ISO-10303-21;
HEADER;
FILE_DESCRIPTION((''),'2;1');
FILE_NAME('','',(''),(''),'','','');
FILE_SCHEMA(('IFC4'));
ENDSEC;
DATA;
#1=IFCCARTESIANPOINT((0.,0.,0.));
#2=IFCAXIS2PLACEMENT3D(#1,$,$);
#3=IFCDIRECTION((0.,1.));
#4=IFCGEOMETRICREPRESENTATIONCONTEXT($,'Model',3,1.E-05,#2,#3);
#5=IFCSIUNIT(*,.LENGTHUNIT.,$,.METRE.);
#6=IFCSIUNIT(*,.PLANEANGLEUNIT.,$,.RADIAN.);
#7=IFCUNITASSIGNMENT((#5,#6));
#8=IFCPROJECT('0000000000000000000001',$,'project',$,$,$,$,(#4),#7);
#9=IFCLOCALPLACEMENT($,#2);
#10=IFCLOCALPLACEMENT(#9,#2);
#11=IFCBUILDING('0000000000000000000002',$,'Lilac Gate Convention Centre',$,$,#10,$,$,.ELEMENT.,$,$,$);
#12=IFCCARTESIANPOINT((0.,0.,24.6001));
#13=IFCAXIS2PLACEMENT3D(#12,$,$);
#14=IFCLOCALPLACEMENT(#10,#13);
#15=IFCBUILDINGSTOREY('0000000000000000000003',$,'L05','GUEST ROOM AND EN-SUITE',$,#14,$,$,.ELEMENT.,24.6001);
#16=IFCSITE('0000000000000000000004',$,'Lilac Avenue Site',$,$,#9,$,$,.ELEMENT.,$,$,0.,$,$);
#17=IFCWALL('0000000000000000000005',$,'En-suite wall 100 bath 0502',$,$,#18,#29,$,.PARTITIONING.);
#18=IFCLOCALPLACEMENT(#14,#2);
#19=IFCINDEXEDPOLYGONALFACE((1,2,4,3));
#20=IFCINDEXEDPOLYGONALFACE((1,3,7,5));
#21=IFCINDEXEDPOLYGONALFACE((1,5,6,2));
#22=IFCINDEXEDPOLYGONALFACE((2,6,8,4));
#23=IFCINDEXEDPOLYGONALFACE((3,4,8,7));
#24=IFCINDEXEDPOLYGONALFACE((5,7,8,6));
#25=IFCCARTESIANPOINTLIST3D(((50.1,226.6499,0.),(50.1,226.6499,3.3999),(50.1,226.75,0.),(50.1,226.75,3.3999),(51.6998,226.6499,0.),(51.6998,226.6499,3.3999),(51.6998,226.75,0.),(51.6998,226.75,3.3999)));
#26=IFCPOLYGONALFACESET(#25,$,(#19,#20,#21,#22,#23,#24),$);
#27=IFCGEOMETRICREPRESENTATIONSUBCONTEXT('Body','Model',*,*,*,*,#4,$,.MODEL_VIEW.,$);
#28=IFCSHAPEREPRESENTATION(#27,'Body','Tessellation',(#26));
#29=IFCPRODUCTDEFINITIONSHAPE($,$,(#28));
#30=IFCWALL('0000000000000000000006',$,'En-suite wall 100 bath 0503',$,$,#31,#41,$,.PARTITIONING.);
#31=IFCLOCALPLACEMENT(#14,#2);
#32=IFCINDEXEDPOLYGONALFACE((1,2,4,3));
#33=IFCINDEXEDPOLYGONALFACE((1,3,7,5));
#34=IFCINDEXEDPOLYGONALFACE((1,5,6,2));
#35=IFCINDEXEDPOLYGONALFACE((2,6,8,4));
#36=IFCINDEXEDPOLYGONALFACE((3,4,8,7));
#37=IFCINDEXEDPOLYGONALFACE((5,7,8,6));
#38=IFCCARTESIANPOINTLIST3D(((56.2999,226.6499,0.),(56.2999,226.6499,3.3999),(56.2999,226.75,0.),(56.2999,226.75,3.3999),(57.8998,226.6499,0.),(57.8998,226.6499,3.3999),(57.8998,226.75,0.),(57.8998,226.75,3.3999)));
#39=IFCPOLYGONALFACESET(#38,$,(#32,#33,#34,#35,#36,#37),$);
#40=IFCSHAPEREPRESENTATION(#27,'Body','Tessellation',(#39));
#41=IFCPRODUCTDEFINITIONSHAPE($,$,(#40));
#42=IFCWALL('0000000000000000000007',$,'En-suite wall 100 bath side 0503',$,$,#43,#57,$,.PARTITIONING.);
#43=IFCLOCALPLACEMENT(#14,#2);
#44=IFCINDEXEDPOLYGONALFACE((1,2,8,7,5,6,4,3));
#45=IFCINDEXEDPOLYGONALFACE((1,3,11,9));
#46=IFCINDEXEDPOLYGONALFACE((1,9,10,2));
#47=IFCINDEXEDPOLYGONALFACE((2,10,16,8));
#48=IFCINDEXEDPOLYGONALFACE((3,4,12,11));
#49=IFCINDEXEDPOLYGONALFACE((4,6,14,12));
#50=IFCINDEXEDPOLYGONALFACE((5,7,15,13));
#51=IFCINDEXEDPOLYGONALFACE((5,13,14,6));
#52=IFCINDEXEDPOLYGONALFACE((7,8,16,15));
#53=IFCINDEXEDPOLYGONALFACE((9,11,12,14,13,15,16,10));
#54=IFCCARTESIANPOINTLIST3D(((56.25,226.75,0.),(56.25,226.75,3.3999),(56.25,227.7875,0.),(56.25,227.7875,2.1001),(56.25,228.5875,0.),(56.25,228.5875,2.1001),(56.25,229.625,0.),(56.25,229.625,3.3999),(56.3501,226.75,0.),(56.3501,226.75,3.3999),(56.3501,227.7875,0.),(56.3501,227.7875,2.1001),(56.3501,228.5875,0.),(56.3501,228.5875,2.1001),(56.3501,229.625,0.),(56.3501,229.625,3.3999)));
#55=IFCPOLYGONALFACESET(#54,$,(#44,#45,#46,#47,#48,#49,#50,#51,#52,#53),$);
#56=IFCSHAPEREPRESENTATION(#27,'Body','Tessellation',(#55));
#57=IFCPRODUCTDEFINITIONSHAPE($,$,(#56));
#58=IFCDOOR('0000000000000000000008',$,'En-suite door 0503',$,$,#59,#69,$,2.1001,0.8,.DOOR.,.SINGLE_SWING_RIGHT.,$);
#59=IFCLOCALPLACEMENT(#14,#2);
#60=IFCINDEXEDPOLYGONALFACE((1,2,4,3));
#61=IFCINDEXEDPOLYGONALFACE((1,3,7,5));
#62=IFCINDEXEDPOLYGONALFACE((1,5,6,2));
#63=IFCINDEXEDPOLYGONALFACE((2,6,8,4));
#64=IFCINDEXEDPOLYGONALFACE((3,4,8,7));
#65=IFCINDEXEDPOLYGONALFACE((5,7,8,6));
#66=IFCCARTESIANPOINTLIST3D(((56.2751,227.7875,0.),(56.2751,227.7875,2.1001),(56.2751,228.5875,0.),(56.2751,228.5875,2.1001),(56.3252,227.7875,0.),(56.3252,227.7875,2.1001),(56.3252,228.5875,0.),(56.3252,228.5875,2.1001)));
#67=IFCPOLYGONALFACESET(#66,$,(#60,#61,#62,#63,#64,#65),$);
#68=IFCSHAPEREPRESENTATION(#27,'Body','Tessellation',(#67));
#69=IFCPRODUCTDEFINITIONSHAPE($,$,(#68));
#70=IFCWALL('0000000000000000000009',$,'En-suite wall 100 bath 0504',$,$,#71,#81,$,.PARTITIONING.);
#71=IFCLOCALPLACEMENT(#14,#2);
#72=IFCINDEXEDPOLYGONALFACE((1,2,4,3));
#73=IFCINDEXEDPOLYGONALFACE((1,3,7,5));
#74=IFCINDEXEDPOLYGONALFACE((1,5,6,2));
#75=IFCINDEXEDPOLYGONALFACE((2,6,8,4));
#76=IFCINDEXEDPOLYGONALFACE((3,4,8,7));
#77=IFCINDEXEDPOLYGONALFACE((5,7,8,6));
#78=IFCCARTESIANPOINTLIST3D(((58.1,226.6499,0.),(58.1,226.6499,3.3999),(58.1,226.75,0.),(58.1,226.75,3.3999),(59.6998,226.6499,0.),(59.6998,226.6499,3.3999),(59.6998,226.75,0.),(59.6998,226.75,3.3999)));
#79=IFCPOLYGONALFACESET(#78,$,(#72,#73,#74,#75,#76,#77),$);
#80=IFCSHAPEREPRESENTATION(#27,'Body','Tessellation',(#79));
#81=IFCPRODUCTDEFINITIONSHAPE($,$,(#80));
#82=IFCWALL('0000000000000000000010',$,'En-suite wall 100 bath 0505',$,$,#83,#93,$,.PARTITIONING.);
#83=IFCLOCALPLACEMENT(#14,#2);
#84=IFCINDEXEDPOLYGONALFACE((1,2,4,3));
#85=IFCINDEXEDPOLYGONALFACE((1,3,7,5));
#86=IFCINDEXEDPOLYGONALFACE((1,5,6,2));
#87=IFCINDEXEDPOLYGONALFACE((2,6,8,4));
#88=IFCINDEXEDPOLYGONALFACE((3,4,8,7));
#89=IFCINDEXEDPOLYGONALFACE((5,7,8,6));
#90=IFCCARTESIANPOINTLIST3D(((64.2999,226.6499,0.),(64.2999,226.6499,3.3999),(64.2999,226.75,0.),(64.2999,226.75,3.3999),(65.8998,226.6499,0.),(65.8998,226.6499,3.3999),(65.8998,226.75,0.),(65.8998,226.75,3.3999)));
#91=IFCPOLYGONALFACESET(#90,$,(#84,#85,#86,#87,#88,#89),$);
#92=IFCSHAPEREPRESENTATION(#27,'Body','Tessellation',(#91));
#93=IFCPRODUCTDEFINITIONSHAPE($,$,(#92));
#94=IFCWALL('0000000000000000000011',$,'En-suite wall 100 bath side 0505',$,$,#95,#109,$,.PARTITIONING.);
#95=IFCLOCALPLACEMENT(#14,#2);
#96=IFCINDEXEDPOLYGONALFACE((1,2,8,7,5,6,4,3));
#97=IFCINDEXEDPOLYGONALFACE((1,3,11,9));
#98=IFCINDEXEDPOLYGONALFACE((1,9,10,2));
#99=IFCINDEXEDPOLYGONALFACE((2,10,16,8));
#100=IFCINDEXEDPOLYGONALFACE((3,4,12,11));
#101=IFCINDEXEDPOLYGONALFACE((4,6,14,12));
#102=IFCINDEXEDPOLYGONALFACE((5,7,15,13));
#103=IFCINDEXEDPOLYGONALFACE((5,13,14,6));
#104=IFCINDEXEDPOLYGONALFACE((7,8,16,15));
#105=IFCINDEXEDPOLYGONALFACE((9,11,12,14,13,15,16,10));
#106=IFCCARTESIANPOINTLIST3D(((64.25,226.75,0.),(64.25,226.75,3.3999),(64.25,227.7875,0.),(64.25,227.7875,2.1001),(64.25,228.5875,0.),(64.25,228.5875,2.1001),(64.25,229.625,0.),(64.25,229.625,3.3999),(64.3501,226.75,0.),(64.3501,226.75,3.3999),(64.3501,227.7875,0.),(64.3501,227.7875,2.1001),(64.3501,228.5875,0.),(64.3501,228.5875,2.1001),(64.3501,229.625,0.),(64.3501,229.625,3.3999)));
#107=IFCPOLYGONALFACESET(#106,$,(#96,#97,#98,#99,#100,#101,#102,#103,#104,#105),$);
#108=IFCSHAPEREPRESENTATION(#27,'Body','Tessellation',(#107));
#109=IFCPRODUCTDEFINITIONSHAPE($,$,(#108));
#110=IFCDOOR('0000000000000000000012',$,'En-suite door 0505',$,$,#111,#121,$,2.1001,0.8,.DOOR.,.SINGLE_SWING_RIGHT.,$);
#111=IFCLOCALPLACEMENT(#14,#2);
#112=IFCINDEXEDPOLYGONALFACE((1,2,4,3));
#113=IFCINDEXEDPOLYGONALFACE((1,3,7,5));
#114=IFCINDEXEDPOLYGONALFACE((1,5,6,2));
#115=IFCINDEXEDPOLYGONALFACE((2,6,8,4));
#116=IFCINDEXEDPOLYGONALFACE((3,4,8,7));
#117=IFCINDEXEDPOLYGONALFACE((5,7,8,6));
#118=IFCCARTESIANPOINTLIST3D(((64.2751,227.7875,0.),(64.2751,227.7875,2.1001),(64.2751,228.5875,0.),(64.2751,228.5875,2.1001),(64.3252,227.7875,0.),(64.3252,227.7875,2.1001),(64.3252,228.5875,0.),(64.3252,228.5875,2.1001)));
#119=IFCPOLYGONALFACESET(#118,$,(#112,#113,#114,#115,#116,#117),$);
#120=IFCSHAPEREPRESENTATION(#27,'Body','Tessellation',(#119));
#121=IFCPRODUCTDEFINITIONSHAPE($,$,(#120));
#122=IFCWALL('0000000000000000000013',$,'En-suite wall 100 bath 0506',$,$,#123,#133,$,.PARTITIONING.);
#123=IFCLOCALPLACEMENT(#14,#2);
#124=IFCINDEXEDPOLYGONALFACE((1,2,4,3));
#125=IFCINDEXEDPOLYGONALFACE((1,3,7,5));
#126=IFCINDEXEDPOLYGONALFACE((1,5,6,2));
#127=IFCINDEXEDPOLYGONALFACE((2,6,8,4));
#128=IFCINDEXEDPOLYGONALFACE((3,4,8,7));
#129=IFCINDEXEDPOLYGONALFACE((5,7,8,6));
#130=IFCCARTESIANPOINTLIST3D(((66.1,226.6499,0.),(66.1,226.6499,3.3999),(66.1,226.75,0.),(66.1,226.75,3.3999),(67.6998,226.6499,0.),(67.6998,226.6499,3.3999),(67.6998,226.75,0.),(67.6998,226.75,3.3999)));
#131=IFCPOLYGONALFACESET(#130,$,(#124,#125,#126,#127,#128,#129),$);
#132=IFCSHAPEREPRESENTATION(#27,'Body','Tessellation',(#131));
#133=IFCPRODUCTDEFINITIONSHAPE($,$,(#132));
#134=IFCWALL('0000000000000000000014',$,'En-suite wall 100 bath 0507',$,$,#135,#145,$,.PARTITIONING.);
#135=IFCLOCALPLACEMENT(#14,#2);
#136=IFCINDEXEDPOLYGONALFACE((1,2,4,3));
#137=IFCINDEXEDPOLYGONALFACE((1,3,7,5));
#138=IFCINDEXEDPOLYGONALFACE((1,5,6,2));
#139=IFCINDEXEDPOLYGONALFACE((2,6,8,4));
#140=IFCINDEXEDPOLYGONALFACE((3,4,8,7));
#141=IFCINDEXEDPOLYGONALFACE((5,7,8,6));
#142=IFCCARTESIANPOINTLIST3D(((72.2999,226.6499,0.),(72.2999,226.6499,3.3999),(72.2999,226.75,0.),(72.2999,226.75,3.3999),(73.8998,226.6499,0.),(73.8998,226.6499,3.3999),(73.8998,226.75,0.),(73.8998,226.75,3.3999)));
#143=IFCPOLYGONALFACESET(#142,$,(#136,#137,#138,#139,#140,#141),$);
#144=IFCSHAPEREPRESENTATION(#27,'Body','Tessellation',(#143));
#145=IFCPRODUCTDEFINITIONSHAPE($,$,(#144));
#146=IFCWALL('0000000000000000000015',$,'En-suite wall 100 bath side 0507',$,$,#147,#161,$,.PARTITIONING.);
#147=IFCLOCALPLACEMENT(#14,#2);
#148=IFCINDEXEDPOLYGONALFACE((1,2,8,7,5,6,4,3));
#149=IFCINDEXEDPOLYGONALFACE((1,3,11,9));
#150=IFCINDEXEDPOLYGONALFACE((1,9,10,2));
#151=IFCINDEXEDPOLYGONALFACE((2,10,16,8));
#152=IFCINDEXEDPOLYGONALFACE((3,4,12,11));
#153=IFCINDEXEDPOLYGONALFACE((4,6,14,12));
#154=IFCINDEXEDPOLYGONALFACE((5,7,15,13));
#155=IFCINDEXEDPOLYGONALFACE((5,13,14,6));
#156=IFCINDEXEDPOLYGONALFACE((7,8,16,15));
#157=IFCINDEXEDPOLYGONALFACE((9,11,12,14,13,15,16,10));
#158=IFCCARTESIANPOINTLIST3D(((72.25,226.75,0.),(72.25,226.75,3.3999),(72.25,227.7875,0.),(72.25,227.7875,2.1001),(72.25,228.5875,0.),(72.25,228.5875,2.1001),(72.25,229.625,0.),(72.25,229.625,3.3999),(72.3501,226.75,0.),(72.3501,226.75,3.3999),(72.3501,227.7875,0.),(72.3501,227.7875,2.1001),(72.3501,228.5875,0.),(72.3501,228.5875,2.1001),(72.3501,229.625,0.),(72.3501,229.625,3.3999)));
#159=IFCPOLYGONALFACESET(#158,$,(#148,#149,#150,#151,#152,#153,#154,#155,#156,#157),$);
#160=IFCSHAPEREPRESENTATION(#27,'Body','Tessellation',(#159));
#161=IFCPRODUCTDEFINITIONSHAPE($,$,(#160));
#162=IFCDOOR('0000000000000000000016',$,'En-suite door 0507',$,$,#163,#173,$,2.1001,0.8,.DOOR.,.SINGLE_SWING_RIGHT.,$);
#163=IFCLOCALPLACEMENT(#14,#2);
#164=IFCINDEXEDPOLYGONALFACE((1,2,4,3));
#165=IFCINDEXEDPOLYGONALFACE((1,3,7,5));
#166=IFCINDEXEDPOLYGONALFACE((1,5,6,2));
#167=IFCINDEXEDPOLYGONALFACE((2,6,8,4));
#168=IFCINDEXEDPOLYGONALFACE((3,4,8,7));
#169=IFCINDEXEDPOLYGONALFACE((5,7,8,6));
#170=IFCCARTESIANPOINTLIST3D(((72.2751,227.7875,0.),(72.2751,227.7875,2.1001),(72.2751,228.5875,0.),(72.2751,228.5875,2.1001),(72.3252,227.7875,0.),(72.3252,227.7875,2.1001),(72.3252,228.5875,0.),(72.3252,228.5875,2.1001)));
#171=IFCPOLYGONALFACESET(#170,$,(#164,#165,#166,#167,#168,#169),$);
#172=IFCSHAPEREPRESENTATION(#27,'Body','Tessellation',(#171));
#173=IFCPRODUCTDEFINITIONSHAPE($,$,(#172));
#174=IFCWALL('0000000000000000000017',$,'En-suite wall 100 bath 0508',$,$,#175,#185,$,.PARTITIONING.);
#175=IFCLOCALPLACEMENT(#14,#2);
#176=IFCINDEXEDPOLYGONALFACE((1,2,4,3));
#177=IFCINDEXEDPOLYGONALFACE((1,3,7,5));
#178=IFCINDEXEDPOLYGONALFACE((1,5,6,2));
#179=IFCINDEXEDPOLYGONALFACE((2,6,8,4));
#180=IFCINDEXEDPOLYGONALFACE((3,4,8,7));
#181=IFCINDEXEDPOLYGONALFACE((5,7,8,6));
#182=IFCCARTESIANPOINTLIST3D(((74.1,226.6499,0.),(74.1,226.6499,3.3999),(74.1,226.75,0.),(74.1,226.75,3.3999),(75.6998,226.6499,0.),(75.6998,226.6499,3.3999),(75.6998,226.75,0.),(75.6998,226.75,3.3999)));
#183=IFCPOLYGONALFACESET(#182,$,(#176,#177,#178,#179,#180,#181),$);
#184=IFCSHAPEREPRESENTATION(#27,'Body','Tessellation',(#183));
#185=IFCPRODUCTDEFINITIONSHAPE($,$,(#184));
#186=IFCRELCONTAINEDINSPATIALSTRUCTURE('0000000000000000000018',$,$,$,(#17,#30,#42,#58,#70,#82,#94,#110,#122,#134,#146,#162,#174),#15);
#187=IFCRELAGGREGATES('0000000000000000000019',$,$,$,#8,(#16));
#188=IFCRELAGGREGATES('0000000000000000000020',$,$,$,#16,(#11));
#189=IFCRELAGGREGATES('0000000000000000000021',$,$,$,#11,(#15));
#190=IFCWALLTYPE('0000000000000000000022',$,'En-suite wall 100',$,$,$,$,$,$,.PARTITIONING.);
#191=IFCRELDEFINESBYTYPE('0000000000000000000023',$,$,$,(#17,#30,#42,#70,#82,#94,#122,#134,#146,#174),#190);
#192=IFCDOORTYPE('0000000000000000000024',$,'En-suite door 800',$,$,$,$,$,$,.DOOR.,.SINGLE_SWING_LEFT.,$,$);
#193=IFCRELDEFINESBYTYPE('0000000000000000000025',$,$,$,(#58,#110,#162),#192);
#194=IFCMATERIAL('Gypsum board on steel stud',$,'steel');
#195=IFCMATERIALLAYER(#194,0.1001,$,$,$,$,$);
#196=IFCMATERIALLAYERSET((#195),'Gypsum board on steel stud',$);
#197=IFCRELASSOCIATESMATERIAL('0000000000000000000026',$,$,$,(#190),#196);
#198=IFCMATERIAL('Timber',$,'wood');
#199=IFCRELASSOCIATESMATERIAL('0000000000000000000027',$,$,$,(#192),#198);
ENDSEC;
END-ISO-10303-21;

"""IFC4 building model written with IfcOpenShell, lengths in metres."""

from ifc_helpers import new_model, si_unit, direction, frame, frame_2d, origin, place, context, subcontext, project, spatial, rectangle, extrude, material, layer, layer_set, type_object, element, fill, save


model = new_model("IFC4")

# Units and contexts
model_context = context("Model", 3, precision=1e-05, world=origin(), true_north=direction((0.0, 1.0)))
body_context = subcontext(model_context, "Body", "Model", "MODEL_VIEW")
ifc_project = project(units=[si_unit("LENGTHUNIT", "METRE"), si_unit("PLANEANGLEUNIT", "RADIAN")], contexts=[model_context])

# Site, building, storey
site_placement = place(None, origin())
site = spatial("IfcSite", under=ifc_project, at=site_placement, Name="Lilac Avenue Site", CompositionType="ELEMENT", RefElevation=0.0)
building_placement = place(site_placement, origin())
building = spatial("IfcBuilding", under=site, at=building_placement, Name="Lilac Gate Convention Centre", CompositionType="ELEMENT")
storey_placement = place(building_placement, frame((0.0, 0.0, 24.6001)))
storey = spatial("IfcBuildingStorey", under=building, at=storey_placement, Name="L05", Description="GUEST ROOM AND EN-SUITE", CompositionType="ELEMENT", Elevation=24.6001)

# Walls
ifc_material_1 = material(Name="Gypsum board on steel stud", Category="steel")
ifc_layer_1 = layer(ifc_material_1, 0.1001)
ifc_layer_set_1 = layer_set([ifc_layer_1], Name="Gypsum board on steel stud")
wall_type_1 = type_object("IfcWallType", Name="En-suite wall 100", PredefinedType="PARTITIONING", material=ifc_layer_set_1)
for number, where, z_axis, x_axis, name in (
    (1, (50.1001, 226.7, 0.0), (0.0, 0.0, 1.0), (1.0, 0.0, 0.0), "En-suite wall 100 bath 0502"),
    (2, (56.3, 226.7, 0.0), (0.0, 0.0, 1.0), (1.0, 0.0, 0.0), "En-suite wall 100 bath 0503"),
):
    element("IfcWall", number, at=place(storey_placement, frame(where, z_axis=z_axis, x_axis=x_axis)), inside=storey, type_object=wall_type_1, Name=name, PredefinedType="PARTITIONING", context=body_context, shape_type="SweptSolid", body=[
        extrude(rectangle(XDim=1.5999, YDim=0.1001, at=frame_2d((0.7998, 0.0))), origin(), (0.0, 0.0, 1.0), 3.3999),
    ])

# Wall, opening, door
wall_1_placement = place(storey_placement, frame((56.3, 226.75, 0.0), z_axis=(0.0, 0.0, 1.0), x_axis=(0.0, 1.0, 0.0)))
wall_1 = element("IfcWall", 3, at=wall_1_placement, inside=storey, type_object=wall_type_1, Name="En-suite wall 100 bath side 0503", PredefinedType="PARTITIONING", context=body_context, shape_type="SweptSolid", body=[
    extrude(rectangle(XDim=2.875, YDim=0.1001, at=frame_2d((1.4375, 0.0))), origin(), (0.0, 0.0, 1.0), 3.3999),
])
opening_1_placement = place(wall_1_placement, frame((1.0376, 0.0, 0.0)))
opening_1 = element("IfcOpeningElement", 4, at=opening_1_placement, cuts=wall_1, PredefinedType="OPENING", context=body_context, shape_type="SweptSolid", body=[
    extrude(rectangle(XDim=0.8, YDim=2.1001, at=frame_2d((0.3999, 1.05))), frame((0.0, 0.0601, 0.0), z_axis=(0.0, -1.0, 0.0), x_axis=(1.0, 0.0, 0.0)), (0.0, 0.0, 1.0), 0.1201),
])
ifc_material_2 = material(Name="Timber", Category="wood")
door_type_1 = type_object("IfcDoorType", Name="En-suite door 800", OperationType="SINGLE_SWING_LEFT", PredefinedType="DOOR", material=ifc_material_2)
door_1_placement = place(opening_1_placement, origin())
door_1 = element("IfcDoor", 5, at=door_1_placement, inside=storey, type_object=door_type_1, Name="En-suite door 0503", OperationType="SINGLE_SWING_RIGHT", OverallHeight=2.1001, OverallWidth=0.8, PredefinedType="DOOR", context=body_context, shape_type="SweptSolid", body=[
    extrude(rectangle(XDim=0.8, YDim=2.1001, at=frame_2d((0.3999, 1.05))), frame((0.0, 0.0249, 0.0), z_axis=(0.0, -1.0, 0.0), x_axis=(1.0, 0.0, 0.0)), (0.0, 0.0, 1.0), 0.05),
])
fill(opening_1, door_1)

# Walls
for number, where, z_axis, x_axis, name in (
    (6, (58.1001, 226.7, 0.0), (0.0, 0.0, 1.0), (1.0, 0.0, 0.0), "En-suite wall 100 bath 0504"),
    (7, (64.3, 226.7, 0.0), (0.0, 0.0, 1.0), (1.0, 0.0, 0.0), "En-suite wall 100 bath 0505"),
):
    element("IfcWall", number, at=place(storey_placement, frame(where, z_axis=z_axis, x_axis=x_axis)), inside=storey, type_object=wall_type_1, Name=name, PredefinedType="PARTITIONING", context=body_context, shape_type="SweptSolid", body=[
        extrude(rectangle(XDim=1.5999, YDim=0.1001, at=frame_2d((0.7998, 0.0))), origin(), (0.0, 0.0, 1.0), 3.3999),
    ])

# Wall, opening, door
wall_2_placement = place(storey_placement, frame((64.3, 226.75, 0.0), z_axis=(0.0, 0.0, 1.0), x_axis=(0.0, 1.0, 0.0)))
wall_2 = element("IfcWall", 8, at=wall_2_placement, inside=storey, type_object=wall_type_1, Name="En-suite wall 100 bath side 0505", PredefinedType="PARTITIONING", context=body_context, shape_type="SweptSolid", body=[
    extrude(rectangle(XDim=2.875, YDim=0.1001, at=frame_2d((1.4375, 0.0))), origin(), (0.0, 0.0, 1.0), 3.3999),
])
opening_2_placement = place(wall_2_placement, frame((1.0376, 0.0, 0.0)))
opening_2 = element("IfcOpeningElement", 9, at=opening_2_placement, cuts=wall_2, PredefinedType="OPENING", context=body_context, shape_type="SweptSolid", body=[
    extrude(rectangle(XDim=0.8, YDim=2.1001, at=frame_2d((0.3999, 1.05))), frame((0.0, 0.0601, 0.0), z_axis=(0.0, -1.0, 0.0), x_axis=(1.0, 0.0, 0.0)), (0.0, 0.0, 1.0), 0.1201),
])
door_2_placement = place(opening_2_placement, origin())
door_2 = element("IfcDoor", 10, at=door_2_placement, inside=storey, type_object=door_type_1, Name="En-suite door 0505", OperationType="SINGLE_SWING_RIGHT", OverallHeight=2.1001, OverallWidth=0.8, PredefinedType="DOOR", context=body_context, shape_type="SweptSolid", body=[
    extrude(rectangle(XDim=0.8, YDim=2.1001, at=frame_2d((0.3999, 1.05))), frame((0.0, 0.0249, 0.0), z_axis=(0.0, -1.0, 0.0), x_axis=(1.0, 0.0, 0.0)), (0.0, 0.0, 1.0), 0.05),
])
fill(opening_2, door_2)

# Walls
for number, where, z_axis, x_axis, name in (
    (11, (66.1001, 226.7, 0.0), (0.0, 0.0, 1.0), (1.0, 0.0, 0.0), "En-suite wall 100 bath 0506"),
    (12, (72.3, 226.7, 0.0), (0.0, 0.0, 1.0), (1.0, 0.0, 0.0), "En-suite wall 100 bath 0507"),
):
    element("IfcWall", number, at=place(storey_placement, frame(where, z_axis=z_axis, x_axis=x_axis)), inside=storey, type_object=wall_type_1, Name=name, PredefinedType="PARTITIONING", context=body_context, shape_type="SweptSolid", body=[
        extrude(rectangle(XDim=1.5999, YDim=0.1001, at=frame_2d((0.7998, 0.0))), origin(), (0.0, 0.0, 1.0), 3.3999),
    ])

# Wall, opening, door
wall_3_placement = place(storey_placement, frame((72.3, 226.75, 0.0), z_axis=(0.0, 0.0, 1.0), x_axis=(0.0, 1.0, 0.0)))
wall_3 = element("IfcWall", 13, at=wall_3_placement, inside=storey, type_object=wall_type_1, Name="En-suite wall 100 bath side 0507", PredefinedType="PARTITIONING", context=body_context, shape_type="SweptSolid", body=[
    extrude(rectangle(XDim=2.875, YDim=0.1001, at=frame_2d((1.4375, 0.0))), origin(), (0.0, 0.0, 1.0), 3.3999),
])
opening_3_placement = place(wall_3_placement, frame((1.0376, 0.0, 0.0)))
opening_3 = element("IfcOpeningElement", 14, at=opening_3_placement, cuts=wall_3, PredefinedType="OPENING", context=body_context, shape_type="SweptSolid", body=[
    extrude(rectangle(XDim=0.8, YDim=2.1001, at=frame_2d((0.3999, 1.05))), frame((0.0, 0.0601, 0.0), z_axis=(0.0, -1.0, 0.0), x_axis=(1.0, 0.0, 0.0)), (0.0, 0.0, 1.0), 0.1201),
])
door_3_placement = place(opening_3_placement, origin())
door_3 = element("IfcDoor", 15, at=door_3_placement, inside=storey, type_object=door_type_1, Name="En-suite door 0507", OperationType="SINGLE_SWING_RIGHT", OverallHeight=2.1001, OverallWidth=0.8, PredefinedType="DOOR", context=body_context, shape_type="SweptSolid", body=[
    extrude(rectangle(XDim=0.8, YDim=2.1001, at=frame_2d((0.3999, 1.05))), frame((0.0, 0.0249, 0.0), z_axis=(0.0, -1.0, 0.0), x_axis=(1.0, 0.0, 0.0)), (0.0, 0.0, 1.0), 0.05),
])
fill(opening_3, door_3)

# Wall
wall_4_placement = place(storey_placement, frame((74.1001, 226.7, 0.0), z_axis=(0.0, 0.0, 1.0), x_axis=(1.0, 0.0, 0.0)))
element("IfcWall", 16, at=wall_4_placement, inside=storey, type_object=wall_type_1, Name="En-suite wall 100 bath 0508", PredefinedType="PARTITIONING", context=body_context, shape_type="SweptSolid", body=[
    extrude(rectangle(XDim=1.5999, YDim=0.1001, at=frame_2d((0.7998, 0.0))), origin(), (0.0, 0.0, 1.0), 3.3999),
])

save(model, "model.ifc")
